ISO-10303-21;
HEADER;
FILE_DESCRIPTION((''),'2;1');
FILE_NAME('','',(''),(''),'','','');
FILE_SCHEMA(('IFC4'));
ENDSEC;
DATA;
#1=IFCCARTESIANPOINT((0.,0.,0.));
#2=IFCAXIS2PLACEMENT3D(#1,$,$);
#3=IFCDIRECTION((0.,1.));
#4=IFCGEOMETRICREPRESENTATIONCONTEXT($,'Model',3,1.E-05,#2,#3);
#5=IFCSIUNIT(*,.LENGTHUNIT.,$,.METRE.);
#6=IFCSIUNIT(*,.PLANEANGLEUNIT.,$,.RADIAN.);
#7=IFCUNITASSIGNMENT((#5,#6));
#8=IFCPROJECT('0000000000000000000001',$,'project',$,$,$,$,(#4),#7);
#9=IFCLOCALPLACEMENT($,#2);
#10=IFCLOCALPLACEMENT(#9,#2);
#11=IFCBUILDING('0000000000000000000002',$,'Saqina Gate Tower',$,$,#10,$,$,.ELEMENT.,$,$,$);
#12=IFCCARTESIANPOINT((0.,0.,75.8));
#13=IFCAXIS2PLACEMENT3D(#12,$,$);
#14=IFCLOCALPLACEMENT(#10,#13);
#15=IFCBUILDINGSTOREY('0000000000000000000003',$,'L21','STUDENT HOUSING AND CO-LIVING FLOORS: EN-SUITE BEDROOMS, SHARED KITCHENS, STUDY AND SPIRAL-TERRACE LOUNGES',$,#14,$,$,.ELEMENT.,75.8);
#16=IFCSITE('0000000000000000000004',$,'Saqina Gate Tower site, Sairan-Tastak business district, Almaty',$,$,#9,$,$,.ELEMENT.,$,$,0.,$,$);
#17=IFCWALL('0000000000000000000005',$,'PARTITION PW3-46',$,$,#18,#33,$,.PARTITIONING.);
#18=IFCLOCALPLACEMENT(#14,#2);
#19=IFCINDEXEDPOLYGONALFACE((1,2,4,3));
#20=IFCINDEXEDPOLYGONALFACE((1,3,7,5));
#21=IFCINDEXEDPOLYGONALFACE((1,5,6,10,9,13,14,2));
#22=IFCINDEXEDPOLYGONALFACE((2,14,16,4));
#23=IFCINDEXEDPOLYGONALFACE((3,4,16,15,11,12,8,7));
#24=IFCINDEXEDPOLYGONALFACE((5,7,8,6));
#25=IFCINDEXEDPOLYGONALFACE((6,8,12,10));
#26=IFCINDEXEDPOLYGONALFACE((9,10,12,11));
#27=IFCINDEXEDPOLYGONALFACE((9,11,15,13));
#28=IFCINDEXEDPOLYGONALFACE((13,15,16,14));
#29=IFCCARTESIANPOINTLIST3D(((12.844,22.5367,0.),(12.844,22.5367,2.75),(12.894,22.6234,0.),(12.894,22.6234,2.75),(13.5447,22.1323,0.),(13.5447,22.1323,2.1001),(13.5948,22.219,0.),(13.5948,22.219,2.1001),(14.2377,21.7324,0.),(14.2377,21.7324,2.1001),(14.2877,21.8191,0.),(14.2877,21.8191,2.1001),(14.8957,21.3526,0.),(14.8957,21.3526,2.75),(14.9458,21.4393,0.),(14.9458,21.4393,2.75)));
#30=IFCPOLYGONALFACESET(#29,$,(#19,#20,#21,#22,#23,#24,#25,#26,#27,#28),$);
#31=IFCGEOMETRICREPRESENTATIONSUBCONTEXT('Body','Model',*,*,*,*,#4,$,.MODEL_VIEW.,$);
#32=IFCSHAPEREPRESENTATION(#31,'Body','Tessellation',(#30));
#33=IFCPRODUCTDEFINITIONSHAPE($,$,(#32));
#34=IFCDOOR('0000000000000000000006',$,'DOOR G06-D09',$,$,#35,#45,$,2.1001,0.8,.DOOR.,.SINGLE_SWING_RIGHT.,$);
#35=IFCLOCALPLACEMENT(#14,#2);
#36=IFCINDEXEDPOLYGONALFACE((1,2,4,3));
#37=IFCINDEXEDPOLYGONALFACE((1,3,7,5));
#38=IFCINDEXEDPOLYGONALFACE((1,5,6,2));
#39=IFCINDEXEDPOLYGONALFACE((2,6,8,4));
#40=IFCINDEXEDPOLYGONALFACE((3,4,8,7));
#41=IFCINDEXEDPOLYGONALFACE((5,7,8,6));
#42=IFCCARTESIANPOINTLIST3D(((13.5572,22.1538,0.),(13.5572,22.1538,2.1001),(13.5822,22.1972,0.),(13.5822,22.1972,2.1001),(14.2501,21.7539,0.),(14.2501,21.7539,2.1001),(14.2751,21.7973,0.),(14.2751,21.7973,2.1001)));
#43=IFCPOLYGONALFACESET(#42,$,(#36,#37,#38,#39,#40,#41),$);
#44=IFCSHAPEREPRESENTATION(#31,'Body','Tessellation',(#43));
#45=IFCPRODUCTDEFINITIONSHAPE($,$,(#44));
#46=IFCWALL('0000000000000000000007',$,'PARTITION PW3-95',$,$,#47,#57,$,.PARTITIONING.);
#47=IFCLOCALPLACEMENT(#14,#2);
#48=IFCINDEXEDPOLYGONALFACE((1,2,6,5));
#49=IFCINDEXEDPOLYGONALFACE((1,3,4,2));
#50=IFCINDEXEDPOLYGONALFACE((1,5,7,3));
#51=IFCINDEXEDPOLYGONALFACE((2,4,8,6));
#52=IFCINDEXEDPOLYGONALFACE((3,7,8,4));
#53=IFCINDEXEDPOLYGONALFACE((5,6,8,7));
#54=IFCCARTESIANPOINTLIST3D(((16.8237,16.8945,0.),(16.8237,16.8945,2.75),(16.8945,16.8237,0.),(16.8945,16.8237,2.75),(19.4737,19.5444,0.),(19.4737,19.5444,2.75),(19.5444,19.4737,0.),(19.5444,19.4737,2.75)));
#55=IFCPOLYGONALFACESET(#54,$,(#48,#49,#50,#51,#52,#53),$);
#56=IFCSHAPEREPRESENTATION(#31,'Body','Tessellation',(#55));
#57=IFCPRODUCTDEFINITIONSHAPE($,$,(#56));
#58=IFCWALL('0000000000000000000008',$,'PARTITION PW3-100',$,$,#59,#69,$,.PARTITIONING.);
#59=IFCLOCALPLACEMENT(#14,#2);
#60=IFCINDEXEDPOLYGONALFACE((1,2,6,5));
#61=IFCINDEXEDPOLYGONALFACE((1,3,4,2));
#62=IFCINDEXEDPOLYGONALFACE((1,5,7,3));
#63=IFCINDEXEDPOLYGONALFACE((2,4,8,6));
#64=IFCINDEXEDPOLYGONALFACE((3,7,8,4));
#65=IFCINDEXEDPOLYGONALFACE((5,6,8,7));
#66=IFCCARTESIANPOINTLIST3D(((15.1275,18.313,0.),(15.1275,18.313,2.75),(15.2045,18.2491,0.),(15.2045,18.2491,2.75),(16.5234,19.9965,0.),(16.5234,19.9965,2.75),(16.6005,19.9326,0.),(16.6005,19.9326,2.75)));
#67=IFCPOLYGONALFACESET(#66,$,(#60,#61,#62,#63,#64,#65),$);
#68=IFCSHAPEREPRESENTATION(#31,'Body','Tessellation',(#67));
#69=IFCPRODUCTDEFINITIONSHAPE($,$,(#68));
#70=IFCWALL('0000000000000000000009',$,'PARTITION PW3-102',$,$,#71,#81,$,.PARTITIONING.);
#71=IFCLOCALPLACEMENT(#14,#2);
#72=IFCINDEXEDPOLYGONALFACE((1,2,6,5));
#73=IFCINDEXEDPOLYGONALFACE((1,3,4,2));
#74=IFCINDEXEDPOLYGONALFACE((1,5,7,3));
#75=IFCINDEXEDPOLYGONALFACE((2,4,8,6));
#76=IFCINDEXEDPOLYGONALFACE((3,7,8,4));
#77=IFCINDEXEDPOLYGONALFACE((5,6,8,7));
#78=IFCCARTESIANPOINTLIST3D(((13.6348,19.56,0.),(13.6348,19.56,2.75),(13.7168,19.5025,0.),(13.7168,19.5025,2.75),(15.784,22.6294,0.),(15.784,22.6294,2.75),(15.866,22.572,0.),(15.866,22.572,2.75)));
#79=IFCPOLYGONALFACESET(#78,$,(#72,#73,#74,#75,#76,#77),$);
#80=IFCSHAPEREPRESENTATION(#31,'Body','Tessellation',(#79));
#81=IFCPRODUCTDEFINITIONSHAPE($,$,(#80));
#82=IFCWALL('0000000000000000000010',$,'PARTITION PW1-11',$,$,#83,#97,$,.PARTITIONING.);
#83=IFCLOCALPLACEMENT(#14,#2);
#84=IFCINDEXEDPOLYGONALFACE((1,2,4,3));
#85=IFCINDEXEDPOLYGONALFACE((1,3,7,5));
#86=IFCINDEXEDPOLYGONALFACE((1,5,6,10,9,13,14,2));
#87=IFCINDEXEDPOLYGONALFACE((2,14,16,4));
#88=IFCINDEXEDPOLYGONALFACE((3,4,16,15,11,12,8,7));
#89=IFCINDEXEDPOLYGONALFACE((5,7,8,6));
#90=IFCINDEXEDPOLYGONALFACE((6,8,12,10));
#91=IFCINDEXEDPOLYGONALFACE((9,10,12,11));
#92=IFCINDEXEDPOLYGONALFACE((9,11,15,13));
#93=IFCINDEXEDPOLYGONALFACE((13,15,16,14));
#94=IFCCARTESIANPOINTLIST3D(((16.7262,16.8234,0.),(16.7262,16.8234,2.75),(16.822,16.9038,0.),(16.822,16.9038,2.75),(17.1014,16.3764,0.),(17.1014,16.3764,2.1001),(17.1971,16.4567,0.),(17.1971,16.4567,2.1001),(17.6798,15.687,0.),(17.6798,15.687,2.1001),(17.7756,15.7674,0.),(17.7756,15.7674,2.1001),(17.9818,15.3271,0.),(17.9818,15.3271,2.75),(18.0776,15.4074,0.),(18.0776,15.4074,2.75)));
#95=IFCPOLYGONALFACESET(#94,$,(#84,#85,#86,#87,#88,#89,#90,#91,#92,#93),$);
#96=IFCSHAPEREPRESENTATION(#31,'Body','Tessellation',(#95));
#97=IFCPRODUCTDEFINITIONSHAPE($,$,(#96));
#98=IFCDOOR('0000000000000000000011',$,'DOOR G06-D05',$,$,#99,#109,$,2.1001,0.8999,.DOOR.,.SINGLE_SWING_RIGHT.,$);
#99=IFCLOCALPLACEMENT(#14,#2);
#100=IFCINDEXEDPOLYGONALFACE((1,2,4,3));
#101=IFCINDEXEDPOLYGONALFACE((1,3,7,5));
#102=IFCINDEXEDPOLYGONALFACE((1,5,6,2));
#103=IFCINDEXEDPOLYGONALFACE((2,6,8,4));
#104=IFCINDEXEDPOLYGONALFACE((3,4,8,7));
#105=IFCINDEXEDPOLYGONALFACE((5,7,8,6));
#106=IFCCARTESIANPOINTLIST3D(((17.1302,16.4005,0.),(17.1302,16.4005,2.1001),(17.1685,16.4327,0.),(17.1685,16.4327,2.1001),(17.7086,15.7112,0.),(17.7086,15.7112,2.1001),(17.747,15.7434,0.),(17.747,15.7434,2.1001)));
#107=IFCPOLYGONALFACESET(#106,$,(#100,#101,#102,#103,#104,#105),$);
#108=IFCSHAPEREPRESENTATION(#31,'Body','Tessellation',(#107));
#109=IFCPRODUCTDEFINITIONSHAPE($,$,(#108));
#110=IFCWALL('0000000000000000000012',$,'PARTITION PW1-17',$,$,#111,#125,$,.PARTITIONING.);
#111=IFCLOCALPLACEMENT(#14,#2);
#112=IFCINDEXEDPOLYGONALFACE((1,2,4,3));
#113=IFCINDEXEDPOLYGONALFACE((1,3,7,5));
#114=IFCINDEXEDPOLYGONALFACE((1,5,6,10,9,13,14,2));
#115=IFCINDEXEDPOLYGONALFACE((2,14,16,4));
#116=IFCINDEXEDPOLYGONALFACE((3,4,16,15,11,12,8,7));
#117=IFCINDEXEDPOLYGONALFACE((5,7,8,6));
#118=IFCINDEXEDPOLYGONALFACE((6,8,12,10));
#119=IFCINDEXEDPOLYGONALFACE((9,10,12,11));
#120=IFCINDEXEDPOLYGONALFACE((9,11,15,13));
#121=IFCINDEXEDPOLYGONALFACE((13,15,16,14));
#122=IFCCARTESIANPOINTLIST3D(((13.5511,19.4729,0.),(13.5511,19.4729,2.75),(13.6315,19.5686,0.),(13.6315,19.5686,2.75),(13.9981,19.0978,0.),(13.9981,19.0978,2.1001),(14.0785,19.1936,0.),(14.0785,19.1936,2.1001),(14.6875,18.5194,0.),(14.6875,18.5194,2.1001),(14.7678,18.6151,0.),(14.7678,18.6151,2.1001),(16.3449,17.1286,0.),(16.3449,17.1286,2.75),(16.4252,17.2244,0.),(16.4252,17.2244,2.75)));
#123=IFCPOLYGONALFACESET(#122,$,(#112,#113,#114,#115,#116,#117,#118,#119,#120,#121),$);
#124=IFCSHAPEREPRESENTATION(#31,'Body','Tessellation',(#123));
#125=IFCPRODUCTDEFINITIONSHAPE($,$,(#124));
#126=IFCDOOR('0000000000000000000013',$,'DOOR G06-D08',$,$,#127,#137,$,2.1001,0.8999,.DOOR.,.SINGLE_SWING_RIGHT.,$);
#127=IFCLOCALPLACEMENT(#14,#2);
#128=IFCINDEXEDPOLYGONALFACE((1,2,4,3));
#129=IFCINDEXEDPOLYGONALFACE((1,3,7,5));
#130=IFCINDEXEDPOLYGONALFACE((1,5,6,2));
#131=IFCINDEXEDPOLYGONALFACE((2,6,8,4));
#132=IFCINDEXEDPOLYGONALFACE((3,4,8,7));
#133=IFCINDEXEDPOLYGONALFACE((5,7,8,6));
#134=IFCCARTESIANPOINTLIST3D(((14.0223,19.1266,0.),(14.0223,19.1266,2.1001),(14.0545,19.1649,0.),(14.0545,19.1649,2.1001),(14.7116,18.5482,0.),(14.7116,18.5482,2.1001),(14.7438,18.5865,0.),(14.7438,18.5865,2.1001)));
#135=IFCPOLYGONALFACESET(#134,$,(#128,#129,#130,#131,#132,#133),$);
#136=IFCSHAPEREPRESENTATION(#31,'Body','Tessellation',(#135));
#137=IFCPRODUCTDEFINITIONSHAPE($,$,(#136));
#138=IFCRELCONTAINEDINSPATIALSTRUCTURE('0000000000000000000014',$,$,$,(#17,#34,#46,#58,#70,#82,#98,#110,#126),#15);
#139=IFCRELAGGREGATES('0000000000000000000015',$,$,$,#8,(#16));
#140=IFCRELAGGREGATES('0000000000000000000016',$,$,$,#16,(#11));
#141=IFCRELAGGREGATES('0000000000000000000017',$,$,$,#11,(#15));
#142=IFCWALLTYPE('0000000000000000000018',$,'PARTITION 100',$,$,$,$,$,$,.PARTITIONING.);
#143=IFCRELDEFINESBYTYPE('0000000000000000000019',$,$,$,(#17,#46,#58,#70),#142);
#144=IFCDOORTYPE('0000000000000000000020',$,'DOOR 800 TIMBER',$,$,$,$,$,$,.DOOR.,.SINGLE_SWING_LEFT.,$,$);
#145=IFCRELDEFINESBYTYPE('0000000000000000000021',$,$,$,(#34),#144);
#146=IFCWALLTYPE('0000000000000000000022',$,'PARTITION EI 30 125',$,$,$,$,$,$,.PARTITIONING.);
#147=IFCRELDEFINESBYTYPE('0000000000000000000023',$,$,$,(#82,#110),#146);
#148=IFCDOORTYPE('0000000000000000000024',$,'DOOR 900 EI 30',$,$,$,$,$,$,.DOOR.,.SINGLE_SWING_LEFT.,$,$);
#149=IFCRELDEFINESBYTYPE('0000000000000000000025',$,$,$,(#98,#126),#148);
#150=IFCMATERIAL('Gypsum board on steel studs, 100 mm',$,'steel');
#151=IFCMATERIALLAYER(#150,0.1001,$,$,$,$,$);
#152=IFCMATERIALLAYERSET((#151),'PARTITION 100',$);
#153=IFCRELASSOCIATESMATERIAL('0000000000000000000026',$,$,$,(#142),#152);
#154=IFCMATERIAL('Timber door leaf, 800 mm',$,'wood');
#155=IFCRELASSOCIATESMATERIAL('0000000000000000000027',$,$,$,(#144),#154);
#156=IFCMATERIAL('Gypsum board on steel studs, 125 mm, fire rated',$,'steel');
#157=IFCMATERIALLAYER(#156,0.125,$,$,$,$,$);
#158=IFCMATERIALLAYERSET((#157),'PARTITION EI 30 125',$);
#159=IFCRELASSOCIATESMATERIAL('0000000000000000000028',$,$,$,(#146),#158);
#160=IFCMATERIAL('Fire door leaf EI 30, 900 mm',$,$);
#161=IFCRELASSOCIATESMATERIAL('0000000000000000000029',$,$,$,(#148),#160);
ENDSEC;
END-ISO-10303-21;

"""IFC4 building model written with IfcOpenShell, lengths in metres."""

from ifc_helpers import new_model, si_unit, direction, frame, frame_2d, origin, place, context, subcontext, project, spatial, rectangle, extrude, material, layer, layer_set, type_object, element, fill, save


model = new_model("IFC4")

# Units and contexts
model_context = context("Model", 3, precision=1e-05, world=origin(), true_north=direction((0.0, 1.0)))
body_context = subcontext(model_context, "Body", "Model", "MODEL_VIEW")
ifc_project = project(units=[si_unit("LENGTHUNIT", "METRE"), si_unit("PLANEANGLEUNIT", "RADIAN")], contexts=[model_context])

# Site, building, storey
site_placement = place(None, origin())
site = spatial("IfcSite", under=ifc_project, at=site_placement, Name="Saqina Gate Tower site, Sairan-Tastak business district, Almaty", CompositionType="ELEMENT", RefElevation=0.0)
building_placement = place(site_placement, origin())
building = spatial("IfcBuilding", under=site, at=building_placement, Name="Saqina Gate Tower", CompositionType="ELEMENT")
storey_placement = place(building_placement, frame((0.0, 0.0, 75.8)))
storey = spatial("IfcBuildingStorey", under=building, at=storey_placement, Name="L21", Description="STUDENT HOUSING AND CO-LIVING FLOORS: EN-SUITE BEDROOMS, SHARED KITCHENS, STUDY AND SPIRAL-TERRACE LOUNGES", CompositionType="ELEMENT", Elevation=75.8)

# Shared definitions
ifc_material_1 = material(Name="Gypsum board on steel studs, 100 mm", Category="steel")
ifc_layer_1 = layer(ifc_material_1, 0.1001)
ifc_layer_set_1 = layer_set([ifc_layer_1], Name="PARTITION 100")
wall_type_1 = type_object("IfcWallType", Name="PARTITION 100", PredefinedType="PARTITIONING", material=ifc_layer_set_1)

# Wall, opening, door
ifc_material_2 = material(Name="Timber door leaf, 800 mm", Category="wood")
door_type_1 = type_object("IfcDoorType", Name="DOOR 800 TIMBER", OperationType="SINGLE_SWING_LEFT", PredefinedType="DOOR", material=ifc_material_2)
wall_1_placement = place(storey_placement, frame((12.8689, 22.5801, 0.0), z_axis=(0.0, 0.0, 1.0), x_axis=(0.866117, -0.499841, 0.0)))
wall_1 = element("IfcWall", 1, at=wall_1_placement, inside=storey, type_object=wall_type_1, Name="PARTITION PW3-46", PredefinedType="PARTITIONING", context=body_context, shape_type="SweptSolid", body=[
    extrude(rectangle(XDim=2.3689, YDim=0.1001, at=frame_2d((1.1846, 0.0))), origin(), (0.0, 0.0, 1.0), 2.75),
])
opening_1_placement = place(wall_1_placement, frame((0.8093, 0.0, 0.0)))
opening_1 = element("IfcOpeningElement", 2, at=opening_1_placement, cuts=wall_1, PredefinedType="OPENING", context=body_context, shape_type="SweptSolid", body=[
    extrude(rectangle(XDim=0.8, YDim=2.1001, at=frame_2d((0.3999, 1.05))), frame((0.0, 0.062, 0.0), z_axis=(0.0, -1.0, 0.0), x_axis=(1.0, 0.0, 0.0)), (0.0, 0.0, 1.0), 0.124),
])
door_1_placement = place(opening_1_placement, origin())
door_1 = element("IfcDoor", 3, at=door_1_placement, inside=storey, type_object=door_type_1, Name="DOOR G06-D09", OperationType="SINGLE_SWING_RIGHT", OverallHeight=2.1001, OverallWidth=0.8, PredefinedType="DOOR", context=body_context, shape_type="SweptSolid", body=[
    extrude(rectangle(XDim=0.8, YDim=2.1001, at=frame_2d((0.3999, 1.05))), frame((0.0, 0.0249, 0.0), z_axis=(0.0, -1.0, 0.0), x_axis=(1.0, 0.0, 0.0)), (0.0, 0.0, 1.0), 0.05),
])
fill(opening_1, door_1)

# Walls
wall_2_placement = place(storey_placement, frame((16.8591, 16.8591, 0.0), z_axis=(0.0, 0.0, 1.0), x_axis=(0.707107, 0.707107, 0.0)))
element("IfcWall", 4, at=wall_2_placement, inside=storey, type_object=wall_type_1, Name="PARTITION PW3-95", PredefinedType="PARTITIONING", context=body_context, shape_type="SweptSolid", body=[
    extrude(rectangle(XDim=3.7476, YDim=0.1001, at=frame_2d((1.8738, 0.0))), origin(), (0.0, 0.0, 1.0), 2.75),
])
wall_3_placement = place(storey_placement, frame((15.166, 18.281, 0.0), z_axis=(0.0, 0.0, 1.0), x_axis=(0.638294, 0.769793, 0.0)))
element("IfcWall", 5, at=wall_3_placement, inside=storey, type_object=wall_type_1, Name="PARTITION PW3-100", PredefinedType="PARTITIONING", context=body_context, shape_type="SweptSolid", body=[
    extrude(rectangle(XDim=2.187, YDim=0.1001, at=frame_2d((1.0935, 0.0))), origin(), (0.0, 0.0, 1.0), 2.75),
])
wall_4_placement = place(storey_placement, frame((13.6758, 19.5312, 0.0), z_axis=(0.0, 0.0, 1.0), x_axis=(0.573576, 0.819152, 0.0)))
element("IfcWall", 6, at=wall_4_placement, inside=storey, type_object=wall_type_1, Name="PARTITION PW3-102", PredefinedType="PARTITIONING", context=body_context, shape_type="SweptSolid", body=[
    extrude(rectangle(XDim=3.7471, YDim=0.1001, at=frame_2d((1.8735, 0.0))), origin(), (0.0, 0.0, 1.0), 2.75),
])

# Walls, openings, doors
ifc_material_3 = material(Name="Gypsum board on steel studs, 125 mm, fire rated", Category="steel")
ifc_layer_2 = layer(ifc_material_3, 0.125)
ifc_layer_set_2 = layer_set([ifc_layer_2], Name="PARTITION EI 30 125")
wall_type_2 = type_object("IfcWallType", Name="PARTITION EI 30 125", PredefinedType="PARTITIONING", material=ifc_layer_set_2)
wall_5_placement = place(storey_placement, frame((16.7742, 16.8635, 0.0), z_axis=(0.0, 0.0, 1.0), x_axis=(0.642799, -0.766035, 0.0)))
wall_5 = element("IfcWall", 7, at=wall_5_placement, inside=storey, type_object=wall_type_2, Name="PARTITION PW1-11", PredefinedType="PARTITIONING", context=body_context, shape_type="SweptSolid", body=[
    extrude(rectangle(XDim=1.9534, YDim=0.125, at=frame_2d((0.9766, 0.0))), origin(), (0.0, 0.0, 1.0), 2.75),
])
opening_2_placement = place(wall_5_placement, frame((0.5835, 0.0, 0.0)))
opening_2 = element("IfcOpeningElement", 8, at=opening_2_placement, cuts=wall_5, PredefinedType="OPENING", context=body_context, shape_type="SweptSolid", body=[
    extrude(rectangle(XDim=0.8999, YDim=2.1001, at=frame_2d((0.45, 1.05))), frame((0.0, 0.0745, 0.0), z_axis=(0.0, -1.0, 0.0), x_axis=(1.0, 0.0, 0.0)), (0.0, 0.0, 1.0), 0.1489),
])
ifc_material_4 = material(Name="Fire door leaf EI 30, 900 mm")
door_type_2 = type_object("IfcDoorType", Name="DOOR 900 EI 30", OperationType="SINGLE_SWING_LEFT", PredefinedType="DOOR", material=ifc_material_4)
door_2_placement = place(opening_2_placement, frame((0.8999, 0.0, 0.0), z_axis=(0.0, 0.0, 1.0), x_axis=(-1.0, 0.0, 0.0)))
door_2 = element("IfcDoor", 9, at=door_2_placement, inside=storey, type_object=door_type_2, Name="DOOR G06-D05", OperationType="SINGLE_SWING_RIGHT", OverallHeight=2.1001, OverallWidth=0.8999, PredefinedType="DOOR", context=body_context, shape_type="SweptSolid", body=[
    extrude(rectangle(XDim=0.8999, YDim=2.1001, at=frame_2d((0.45, 1.05))), frame((0.0, 0.0249, 0.0), z_axis=(0.0, -1.0, 0.0), x_axis=(1.0, 0.0, 0.0)), (0.0, 0.0, 1.0), 0.05),
])
fill(opening_2, door_2)
wall_6_placement = place(storey_placement, frame((13.5913, 19.5208, 0.0), z_axis=(0.0, 0.0, 1.0), x_axis=(0.766038, -0.642795, 0.0)))
wall_6 = element("IfcWall", 10, at=wall_6_placement, inside=storey, type_object=wall_type_2, Name="PARTITION PW1-17", PredefinedType="PARTITIONING", context=body_context, shape_type="SweptSolid", body=[
    extrude(rectangle(XDim=3.647, YDim=0.125, at=frame_2d((1.8235, 0.0))), origin(), (0.0, 0.0, 1.0), 2.75),
])
opening_3_placement = place(wall_6_placement, frame((0.5835, 0.0, 0.0)))
opening_3 = element("IfcOpeningElement", 11, at=opening_3_placement, cuts=wall_6, PredefinedType="OPENING", context=body_context, shape_type="SweptSolid", body=[
    extrude(rectangle(XDim=0.8999, YDim=2.1001, at=frame_2d((0.45, 1.05))), frame((0.0, 0.0745, 0.0), z_axis=(0.0, -1.0, 0.0), x_axis=(1.0, 0.0, 0.0)), (0.0, 0.0, 1.0), 0.1489),
])
door_3_placement = place(opening_3_placement, frame((0.8999, 0.0, 0.0), z_axis=(0.0, 0.0, 1.0), x_axis=(-1.0, 0.0, 0.0)))
door_3 = element("IfcDoor", 12, at=door_3_placement, inside=storey, type_object=door_type_2, Name="DOOR G06-D08", OperationType="SINGLE_SWING_RIGHT", OverallHeight=2.1001, OverallWidth=0.8999, PredefinedType="DOOR", context=body_context, shape_type="SweptSolid", body=[
    extrude(rectangle(XDim=0.8999, YDim=2.1001, at=frame_2d((0.45, 1.05))), frame((0.0, 0.0249, 0.0), z_axis=(0.0, -1.0, 0.0), x_axis=(1.0, 0.0, 0.0)), (0.0, 0.0, 1.0), 0.05),
])
fill(opening_3, door_3)

save(model, "model.ifc")
